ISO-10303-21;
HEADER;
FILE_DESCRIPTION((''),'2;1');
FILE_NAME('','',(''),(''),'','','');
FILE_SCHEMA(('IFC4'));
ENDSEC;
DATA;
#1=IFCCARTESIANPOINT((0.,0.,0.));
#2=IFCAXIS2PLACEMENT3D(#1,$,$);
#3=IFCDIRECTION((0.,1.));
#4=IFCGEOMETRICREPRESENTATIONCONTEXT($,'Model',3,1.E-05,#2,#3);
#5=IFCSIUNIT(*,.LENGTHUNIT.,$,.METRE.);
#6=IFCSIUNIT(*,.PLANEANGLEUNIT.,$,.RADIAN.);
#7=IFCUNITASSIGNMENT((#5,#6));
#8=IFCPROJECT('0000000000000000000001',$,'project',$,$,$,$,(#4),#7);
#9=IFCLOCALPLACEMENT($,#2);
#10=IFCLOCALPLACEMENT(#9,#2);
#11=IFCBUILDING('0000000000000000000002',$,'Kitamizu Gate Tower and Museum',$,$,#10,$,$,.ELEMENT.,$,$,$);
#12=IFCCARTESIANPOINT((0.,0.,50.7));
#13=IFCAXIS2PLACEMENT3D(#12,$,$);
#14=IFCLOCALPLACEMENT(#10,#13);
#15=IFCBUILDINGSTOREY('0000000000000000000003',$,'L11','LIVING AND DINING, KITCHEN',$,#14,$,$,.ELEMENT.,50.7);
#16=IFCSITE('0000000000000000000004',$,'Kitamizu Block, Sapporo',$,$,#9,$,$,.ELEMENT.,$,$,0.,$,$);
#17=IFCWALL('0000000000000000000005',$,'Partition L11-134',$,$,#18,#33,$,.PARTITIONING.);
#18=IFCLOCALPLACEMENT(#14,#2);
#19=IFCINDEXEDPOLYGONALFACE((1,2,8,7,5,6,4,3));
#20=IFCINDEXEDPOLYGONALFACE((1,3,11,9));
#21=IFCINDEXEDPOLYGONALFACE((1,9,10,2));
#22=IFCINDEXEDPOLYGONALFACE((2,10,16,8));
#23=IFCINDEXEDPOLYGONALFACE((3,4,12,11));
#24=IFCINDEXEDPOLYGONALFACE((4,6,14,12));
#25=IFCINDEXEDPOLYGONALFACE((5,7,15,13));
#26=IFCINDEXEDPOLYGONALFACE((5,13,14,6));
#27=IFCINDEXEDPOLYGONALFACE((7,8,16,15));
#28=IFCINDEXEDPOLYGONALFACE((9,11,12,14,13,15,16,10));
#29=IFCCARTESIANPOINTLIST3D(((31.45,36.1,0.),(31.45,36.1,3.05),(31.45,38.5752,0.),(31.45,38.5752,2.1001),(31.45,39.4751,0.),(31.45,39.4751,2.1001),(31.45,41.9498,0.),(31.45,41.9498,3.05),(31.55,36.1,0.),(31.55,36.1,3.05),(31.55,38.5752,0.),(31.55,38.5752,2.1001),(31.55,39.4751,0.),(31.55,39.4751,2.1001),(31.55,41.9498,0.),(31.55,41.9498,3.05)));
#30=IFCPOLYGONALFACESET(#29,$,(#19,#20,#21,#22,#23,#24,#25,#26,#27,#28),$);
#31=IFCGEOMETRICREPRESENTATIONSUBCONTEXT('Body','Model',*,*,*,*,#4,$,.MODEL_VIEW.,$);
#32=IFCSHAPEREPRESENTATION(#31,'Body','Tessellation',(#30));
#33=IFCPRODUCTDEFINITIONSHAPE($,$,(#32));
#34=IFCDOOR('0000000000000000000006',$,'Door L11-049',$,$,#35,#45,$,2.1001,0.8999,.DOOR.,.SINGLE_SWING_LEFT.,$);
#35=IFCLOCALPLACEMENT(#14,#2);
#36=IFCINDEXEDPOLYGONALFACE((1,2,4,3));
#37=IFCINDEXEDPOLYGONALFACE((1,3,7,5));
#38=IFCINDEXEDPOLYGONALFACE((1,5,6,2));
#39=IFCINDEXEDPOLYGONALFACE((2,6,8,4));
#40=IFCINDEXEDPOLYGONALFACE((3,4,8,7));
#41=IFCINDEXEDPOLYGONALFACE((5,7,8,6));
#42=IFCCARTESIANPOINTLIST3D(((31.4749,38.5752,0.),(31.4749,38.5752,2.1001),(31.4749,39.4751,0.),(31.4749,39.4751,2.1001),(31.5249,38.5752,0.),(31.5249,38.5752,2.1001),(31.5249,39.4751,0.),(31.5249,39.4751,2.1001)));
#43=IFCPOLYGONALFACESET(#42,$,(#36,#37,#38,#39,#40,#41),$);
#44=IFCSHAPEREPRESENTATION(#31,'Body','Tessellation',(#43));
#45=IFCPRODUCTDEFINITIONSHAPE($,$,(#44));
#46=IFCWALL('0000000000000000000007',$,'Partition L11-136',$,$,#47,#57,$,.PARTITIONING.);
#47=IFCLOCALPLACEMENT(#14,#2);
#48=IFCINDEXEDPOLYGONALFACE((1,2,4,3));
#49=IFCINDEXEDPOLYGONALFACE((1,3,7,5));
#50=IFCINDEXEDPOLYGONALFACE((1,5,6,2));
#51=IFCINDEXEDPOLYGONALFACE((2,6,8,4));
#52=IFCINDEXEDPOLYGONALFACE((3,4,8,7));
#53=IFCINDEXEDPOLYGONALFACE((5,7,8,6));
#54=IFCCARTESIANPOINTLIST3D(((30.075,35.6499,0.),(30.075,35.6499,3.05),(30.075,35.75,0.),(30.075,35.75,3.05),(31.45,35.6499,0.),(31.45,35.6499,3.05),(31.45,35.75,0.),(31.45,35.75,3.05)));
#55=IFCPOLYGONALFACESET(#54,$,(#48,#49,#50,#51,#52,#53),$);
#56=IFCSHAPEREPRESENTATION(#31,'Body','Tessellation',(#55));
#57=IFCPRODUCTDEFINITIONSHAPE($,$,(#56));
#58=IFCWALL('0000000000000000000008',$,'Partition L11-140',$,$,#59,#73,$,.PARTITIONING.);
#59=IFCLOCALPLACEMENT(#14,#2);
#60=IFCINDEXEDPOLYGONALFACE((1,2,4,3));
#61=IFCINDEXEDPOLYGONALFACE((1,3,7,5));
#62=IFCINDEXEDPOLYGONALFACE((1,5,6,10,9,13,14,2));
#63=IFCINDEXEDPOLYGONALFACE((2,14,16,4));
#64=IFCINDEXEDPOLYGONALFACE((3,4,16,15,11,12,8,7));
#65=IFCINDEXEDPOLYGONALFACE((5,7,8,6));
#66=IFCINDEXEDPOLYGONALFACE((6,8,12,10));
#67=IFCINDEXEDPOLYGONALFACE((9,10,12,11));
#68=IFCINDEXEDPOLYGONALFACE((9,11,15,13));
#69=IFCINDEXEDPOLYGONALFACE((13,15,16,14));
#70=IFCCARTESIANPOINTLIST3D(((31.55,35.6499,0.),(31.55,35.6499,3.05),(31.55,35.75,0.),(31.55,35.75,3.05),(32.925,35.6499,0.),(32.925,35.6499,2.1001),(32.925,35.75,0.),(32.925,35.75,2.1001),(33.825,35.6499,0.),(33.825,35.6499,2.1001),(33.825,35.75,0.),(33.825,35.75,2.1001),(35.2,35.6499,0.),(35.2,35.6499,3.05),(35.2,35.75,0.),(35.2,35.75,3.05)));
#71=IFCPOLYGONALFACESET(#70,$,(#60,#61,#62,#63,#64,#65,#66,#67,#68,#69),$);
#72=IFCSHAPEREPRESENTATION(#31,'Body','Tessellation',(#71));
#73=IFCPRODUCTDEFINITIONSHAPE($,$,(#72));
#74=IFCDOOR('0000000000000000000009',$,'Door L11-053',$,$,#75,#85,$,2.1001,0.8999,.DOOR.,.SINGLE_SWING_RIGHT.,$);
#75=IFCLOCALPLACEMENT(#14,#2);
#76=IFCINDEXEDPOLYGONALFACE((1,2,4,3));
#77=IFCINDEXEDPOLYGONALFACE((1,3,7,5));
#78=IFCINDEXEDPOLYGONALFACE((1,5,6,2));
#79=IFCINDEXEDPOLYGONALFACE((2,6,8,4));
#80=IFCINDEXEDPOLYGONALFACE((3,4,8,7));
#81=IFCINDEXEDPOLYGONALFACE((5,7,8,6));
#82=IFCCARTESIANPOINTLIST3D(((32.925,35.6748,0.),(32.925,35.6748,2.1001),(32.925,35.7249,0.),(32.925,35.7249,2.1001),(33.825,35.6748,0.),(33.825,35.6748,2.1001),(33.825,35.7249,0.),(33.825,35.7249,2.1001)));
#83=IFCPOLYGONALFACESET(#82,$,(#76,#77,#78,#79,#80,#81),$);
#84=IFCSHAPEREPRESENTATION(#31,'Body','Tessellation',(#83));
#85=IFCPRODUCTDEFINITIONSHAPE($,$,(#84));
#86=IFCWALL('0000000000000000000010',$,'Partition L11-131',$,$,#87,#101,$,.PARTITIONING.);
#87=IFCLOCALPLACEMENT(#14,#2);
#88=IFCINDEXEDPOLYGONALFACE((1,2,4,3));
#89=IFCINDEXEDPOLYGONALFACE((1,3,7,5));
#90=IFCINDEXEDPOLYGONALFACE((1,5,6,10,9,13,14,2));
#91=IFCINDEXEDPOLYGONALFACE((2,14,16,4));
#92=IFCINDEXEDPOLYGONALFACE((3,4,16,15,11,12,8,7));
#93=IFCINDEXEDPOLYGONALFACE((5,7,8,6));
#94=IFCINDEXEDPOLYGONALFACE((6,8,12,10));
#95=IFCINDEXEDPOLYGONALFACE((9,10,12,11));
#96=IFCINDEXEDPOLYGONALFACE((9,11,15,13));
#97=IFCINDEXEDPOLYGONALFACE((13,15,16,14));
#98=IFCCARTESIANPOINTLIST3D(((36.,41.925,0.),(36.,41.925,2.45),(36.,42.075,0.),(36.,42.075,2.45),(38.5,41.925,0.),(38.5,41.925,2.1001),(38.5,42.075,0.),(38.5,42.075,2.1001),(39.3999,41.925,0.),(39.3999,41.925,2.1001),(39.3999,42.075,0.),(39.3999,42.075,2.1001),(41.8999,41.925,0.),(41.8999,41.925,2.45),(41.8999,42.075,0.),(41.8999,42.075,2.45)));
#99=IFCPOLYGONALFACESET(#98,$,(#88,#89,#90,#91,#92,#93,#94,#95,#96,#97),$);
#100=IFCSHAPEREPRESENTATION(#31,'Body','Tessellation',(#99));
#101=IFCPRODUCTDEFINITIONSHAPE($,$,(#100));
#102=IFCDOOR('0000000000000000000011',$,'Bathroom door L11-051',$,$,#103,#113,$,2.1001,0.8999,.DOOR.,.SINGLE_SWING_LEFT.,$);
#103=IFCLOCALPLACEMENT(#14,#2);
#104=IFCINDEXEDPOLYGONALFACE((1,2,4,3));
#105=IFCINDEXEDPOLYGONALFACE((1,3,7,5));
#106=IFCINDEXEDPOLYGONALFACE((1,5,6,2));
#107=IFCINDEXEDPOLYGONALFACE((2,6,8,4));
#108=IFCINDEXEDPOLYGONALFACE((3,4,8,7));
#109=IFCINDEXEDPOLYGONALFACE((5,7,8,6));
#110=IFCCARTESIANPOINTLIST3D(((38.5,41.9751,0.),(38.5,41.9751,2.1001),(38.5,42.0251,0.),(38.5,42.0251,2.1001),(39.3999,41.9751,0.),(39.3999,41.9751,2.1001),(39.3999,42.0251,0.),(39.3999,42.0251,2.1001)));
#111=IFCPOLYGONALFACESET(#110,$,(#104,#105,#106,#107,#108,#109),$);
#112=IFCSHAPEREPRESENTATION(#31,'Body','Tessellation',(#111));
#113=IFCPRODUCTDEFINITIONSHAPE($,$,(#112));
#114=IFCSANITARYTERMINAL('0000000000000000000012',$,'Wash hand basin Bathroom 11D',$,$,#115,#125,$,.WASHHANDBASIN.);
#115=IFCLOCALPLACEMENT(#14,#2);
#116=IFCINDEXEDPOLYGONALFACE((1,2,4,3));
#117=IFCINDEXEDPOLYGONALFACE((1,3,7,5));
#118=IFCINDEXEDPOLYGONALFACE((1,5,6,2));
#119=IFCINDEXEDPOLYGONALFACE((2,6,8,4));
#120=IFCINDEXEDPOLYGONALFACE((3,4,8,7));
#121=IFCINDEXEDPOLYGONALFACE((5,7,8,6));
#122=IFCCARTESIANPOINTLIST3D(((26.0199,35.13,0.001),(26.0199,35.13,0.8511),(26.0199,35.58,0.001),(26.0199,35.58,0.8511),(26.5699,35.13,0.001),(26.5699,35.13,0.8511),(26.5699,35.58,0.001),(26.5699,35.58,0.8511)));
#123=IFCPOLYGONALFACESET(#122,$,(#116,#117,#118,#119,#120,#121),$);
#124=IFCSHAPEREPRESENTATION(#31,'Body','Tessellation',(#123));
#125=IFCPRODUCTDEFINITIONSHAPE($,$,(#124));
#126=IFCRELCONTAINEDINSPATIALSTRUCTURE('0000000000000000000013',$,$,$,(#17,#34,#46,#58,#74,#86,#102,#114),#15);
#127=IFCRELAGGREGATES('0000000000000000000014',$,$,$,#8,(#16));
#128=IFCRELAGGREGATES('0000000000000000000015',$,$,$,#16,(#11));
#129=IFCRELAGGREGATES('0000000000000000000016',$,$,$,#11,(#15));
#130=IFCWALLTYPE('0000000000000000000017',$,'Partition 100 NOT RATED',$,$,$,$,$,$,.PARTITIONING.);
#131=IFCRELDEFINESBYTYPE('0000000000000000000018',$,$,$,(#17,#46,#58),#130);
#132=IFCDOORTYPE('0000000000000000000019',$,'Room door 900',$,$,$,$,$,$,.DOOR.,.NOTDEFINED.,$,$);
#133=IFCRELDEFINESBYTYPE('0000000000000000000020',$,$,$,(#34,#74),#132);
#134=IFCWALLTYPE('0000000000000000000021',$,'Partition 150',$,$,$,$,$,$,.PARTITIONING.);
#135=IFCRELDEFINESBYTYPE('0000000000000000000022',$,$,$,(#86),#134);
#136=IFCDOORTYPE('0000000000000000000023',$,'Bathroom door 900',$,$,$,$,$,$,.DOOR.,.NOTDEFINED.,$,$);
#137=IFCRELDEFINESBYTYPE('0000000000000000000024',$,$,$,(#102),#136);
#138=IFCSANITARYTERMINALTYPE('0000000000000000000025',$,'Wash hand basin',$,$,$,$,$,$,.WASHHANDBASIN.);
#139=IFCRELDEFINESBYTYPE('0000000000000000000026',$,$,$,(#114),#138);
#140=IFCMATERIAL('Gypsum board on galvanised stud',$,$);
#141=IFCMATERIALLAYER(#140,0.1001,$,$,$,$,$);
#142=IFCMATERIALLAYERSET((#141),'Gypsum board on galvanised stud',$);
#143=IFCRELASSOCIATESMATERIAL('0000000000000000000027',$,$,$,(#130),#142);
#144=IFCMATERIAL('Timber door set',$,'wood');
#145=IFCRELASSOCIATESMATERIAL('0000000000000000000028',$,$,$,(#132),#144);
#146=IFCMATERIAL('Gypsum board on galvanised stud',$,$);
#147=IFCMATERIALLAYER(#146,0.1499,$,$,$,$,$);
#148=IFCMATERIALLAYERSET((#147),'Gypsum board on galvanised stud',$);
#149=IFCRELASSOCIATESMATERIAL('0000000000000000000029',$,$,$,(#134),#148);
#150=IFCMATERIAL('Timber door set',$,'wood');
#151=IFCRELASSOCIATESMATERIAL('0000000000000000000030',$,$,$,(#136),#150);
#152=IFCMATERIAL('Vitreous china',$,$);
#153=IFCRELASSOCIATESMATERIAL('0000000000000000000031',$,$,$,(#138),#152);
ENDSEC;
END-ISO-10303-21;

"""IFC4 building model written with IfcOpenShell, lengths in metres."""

from ifc_helpers import new_model, si_unit, direction, frame, frame_2d, origin, origin_2d, place, context, subcontext, project, spatial, rectangle, extrude, material, layer, layer_set, type_object, element, fill, save


model = new_model("IFC4")

# Units and contexts
model_context = context("Model", 3, precision=1e-05, world=origin(), true_north=direction((0.0, 1.0)))
body_context = subcontext(model_context, "Body", "Model", "MODEL_VIEW")
ifc_project = project(units=[si_unit("LENGTHUNIT", "METRE"), si_unit("PLANEANGLEUNIT", "RADIAN")], contexts=[model_context])

# Site, building, storey
site_placement = place(None, origin())
site = spatial("IfcSite", under=ifc_project, at=site_placement, Name="Kitamizu Block, Sapporo", CompositionType="ELEMENT", RefElevation=0.0)
building_placement = place(site_placement, origin())
building = spatial("IfcBuilding", under=site, at=building_placement, Name="Kitamizu Gate Tower and Museum", CompositionType="ELEMENT")
storey_placement = place(building_placement, frame((0.0, 0.0, 50.7)))
storey = spatial("IfcBuildingStorey", under=building, at=storey_placement, Name="L11", Description="LIVING AND DINING, KITCHEN", CompositionType="ELEMENT", Elevation=50.7)

# Shared definitions
ifc_material_1 = material(Name="Gypsum board on galvanised stud")
ifc_layer_1 = layer(ifc_material_1, 0.1001)
ifc_layer_set_1 = layer_set([ifc_layer_1], Name="Gypsum board on galvanised stud")
wall_type_1 = type_object("IfcWallType", Name="Partition 100 NOT RATED", PredefinedType="PARTITIONING", material=ifc_layer_set_1)
ifc_material_2 = material(Name="Timber door set", Category="wood")
door_type_1 = type_object("IfcDoorType", Name="Room door 900", OperationType="NOTDEFINED", PredefinedType="DOOR", material=ifc_material_2)

# Wall, opening, door
wall_1_placement = place(storey_placement, frame((31.5, 36.1001, 0.0), z_axis=(0.0, 0.0, 1.0), x_axis=(0.0, 1.0, 0.0)))
wall_1 = element("IfcWall", 1, at=wall_1_placement, inside=storey, type_object=wall_type_1, Name="Partition L11-134", PredefinedType="PARTITIONING", context=body_context, shape_type="SweptSolid", body=[
    extrude(rectangle(XDim=5.8499, YDim=0.1001, at=frame_2d((2.9248, 0.0))), origin(), (0.0, 0.0, 1.0), 3.05),
])
opening_1_placement = place(wall_1_placement, frame((2.4751, 0.0, 0.0)))
opening_1 = element("IfcOpeningElement", 2, at=opening_1_placement, cuts=wall_1, PredefinedType="OPENING", context=body_context, shape_type="SweptSolid", body=[
    extrude(rectangle(XDim=0.8999, YDim=2.1001, at=frame_2d((0.45, 1.05))), frame((0.0, 0.0601, 0.0), z_axis=(0.0, -1.0, 0.0), x_axis=(1.0, 0.0, 0.0)), (0.0, 0.0, 1.0), 0.1201),
])
door_1_placement = place(opening_1_placement, frame((0.8999, 0.0, 0.0), x_axis=(-1.0, 0.0, 0.0)))
door_1 = element("IfcDoor", 3, at=door_1_placement, inside=storey, type_object=door_type_1, Name="Door L11-049", OperationType="SINGLE_SWING_LEFT", OverallHeight=2.1001, OverallWidth=0.8999, PredefinedType="DOOR", context=body_context, shape_type="SweptSolid", body=[
    extrude(rectangle(XDim=0.8999, YDim=2.1001, at=frame_2d((0.45, 1.05))), frame((0.0, 0.0249, 0.0), z_axis=(0.0, -1.0, 0.0), x_axis=(1.0, 0.0, 0.0)), (0.0, 0.0, 1.0), 0.05),
])
fill(opening_1, door_1)

# Wall
wall_2_placement = place(storey_placement, frame((30.075, 35.7, 0.0), z_axis=(0.0, 0.0, 1.0), x_axis=(1.0, 0.0, 0.0)))
element("IfcWall", 4, at=wall_2_placement, inside=storey, type_object=wall_type_1, Name="Partition L11-136", PredefinedType="PARTITIONING", context=body_context, shape_type="SweptSolid", body=[
    extrude(rectangle(XDim=1.375, YDim=0.1001, at=frame_2d((0.6875, 0.0))), origin(), (0.0, 0.0, 1.0), 3.05),
])

# Walls, openings, doors
wall_3_placement = place(storey_placement, frame((31.55, 35.7, 0.0), z_axis=(0.0, 0.0, 1.0), x_axis=(1.0, 0.0, 0.0)))
wall_3 = element("IfcWall", 5, at=wall_3_placement, inside=storey, type_object=wall_type_1, Name="Partition L11-140", PredefinedType="PARTITIONING", context=body_context, shape_type="SweptSolid", body=[
    extrude(rectangle(XDim=3.6499, YDim=0.1001, at=frame_2d((1.825, 0.0))), origin(), (0.0, 0.0, 1.0), 3.05),
])
opening_2_placement = place(wall_3_placement, frame((1.375, 0.0, 0.0)))
opening_2 = element("IfcOpeningElement", 6, at=opening_2_placement, cuts=wall_3, PredefinedType="OPENING", context=body_context, shape_type="SweptSolid", body=[
    extrude(rectangle(XDim=0.8999, YDim=2.1001, at=frame_2d((0.45, 1.05))), frame((0.0, 0.0601, 0.0), z_axis=(0.0, -1.0, 0.0), x_axis=(1.0, 0.0, 0.0)), (0.0, 0.0, 1.0), 0.1201),
])
door_2_placement = place(opening_2_placement, origin())
door_2 = element("IfcDoor", 7, at=door_2_placement, inside=storey, type_object=door_type_1, Name="Door L11-053", OperationType="SINGLE_SWING_RIGHT", OverallHeight=2.1001, OverallWidth=0.8999, PredefinedType="DOOR", context=body_context, shape_type="SweptSolid", body=[
    extrude(rectangle(XDim=0.8999, YDim=2.1001, at=frame_2d((0.45, 1.05))), frame((0.0, 0.0249, 0.0), z_axis=(0.0, -1.0, 0.0), x_axis=(1.0, 0.0, 0.0)), (0.0, 0.0, 1.0), 0.05),
])
fill(opening_2, door_2)
ifc_material_3 = material(Name="Gypsum board on galvanised stud")
ifc_layer_2 = layer(ifc_material_3, 0.1499)
ifc_layer_set_2 = layer_set([ifc_layer_2], Name="Gypsum board on galvanised stud")
wall_type_2 = type_object("IfcWallType", Name="Partition 150", PredefinedType="PARTITIONING", material=ifc_layer_set_2)
wall_4_placement = place(storey_placement, frame((36.0, 42.0, 0.0), z_axis=(0.0, 0.0, 1.0), x_axis=(1.0, 0.0, 0.0)))
wall_4 = element("IfcWall", 8, at=wall_4_placement, inside=storey, type_object=wall_type_2, Name="Partition L11-131", PredefinedType="PARTITIONING", context=body_context, shape_type="SweptSolid", body=[
    extrude(rectangle(XDim=5.8999, YDim=0.1499, at=frame_2d((2.95, 0.0))), origin(), (0.0, 0.0, 1.0), 2.45),
])
opening_3_placement = place(wall_4_placement, frame((2.5, 0.0, 0.0)))
opening_3 = element("IfcOpeningElement", 9, at=opening_3_placement, cuts=wall_4, PredefinedType="OPENING", context=body_context, shape_type="SweptSolid", body=[
    extrude(rectangle(XDim=0.8999, YDim=2.1001, at=frame_2d((0.45, 1.05))), frame((0.0, 0.085, 0.0), z_axis=(0.0, -1.0, 0.0), x_axis=(1.0, 0.0, 0.0)), (0.0, 0.0, 1.0), 0.1699),
])
ifc_material_4 = material(Name="Timber door set", Category="wood")
door_type_2 = type_object("IfcDoorType", Name="Bathroom door 900", OperationType="NOTDEFINED", PredefinedType="DOOR", material=ifc_material_4)
door_3_placement = place(opening_3_placement, frame((0.8999, 0.0, 0.0), x_axis=(-1.0, 0.0, 0.0)))
door_3 = element("IfcDoor", 10, at=door_3_placement, inside=storey, type_object=door_type_2, Name="Bathroom door L11-051", OperationType="SINGLE_SWING_LEFT", OverallHeight=2.1001, OverallWidth=0.8999, PredefinedType="DOOR", context=body_context, shape_type="SweptSolid", body=[
    extrude(rectangle(XDim=0.8999, YDim=2.1001, at=frame_2d((0.45, 1.05))), frame((0.0, 0.0249, 0.0), z_axis=(0.0, -1.0, 0.0), x_axis=(1.0, 0.0, 0.0)), (0.0, 0.0, 1.0), 0.05),
])
fill(opening_3, door_3)

# Sanitary terminal
ifc_material_5 = material(Name="Vitreous china")
sanitary_terminal_type = type_object("IfcSanitaryTerminalType", Name="Wash hand basin", PredefinedType="WASHHANDBASIN", material=ifc_material_5)
sanitary_terminal_placement = place(storey_placement, frame((26.2949, 35.355, 0.001), z_axis=(0.0, 0.0, 1.0), x_axis=(1.0, 0.0, 0.0)))
element("IfcSanitaryTerminal", 11, at=sanitary_terminal_placement, inside=storey, type_object=sanitary_terminal_type, Name="Wash hand basin Bathroom 11D", PredefinedType="WASHHANDBASIN", context=body_context, shape_type="SweptSolid", body=[
    extrude(rectangle(XDim=0.55, YDim=0.45, at=origin_2d()), origin(), (0.0, 0.0, 1.0), 0.8501),
])

save(model, "model.ifc")
